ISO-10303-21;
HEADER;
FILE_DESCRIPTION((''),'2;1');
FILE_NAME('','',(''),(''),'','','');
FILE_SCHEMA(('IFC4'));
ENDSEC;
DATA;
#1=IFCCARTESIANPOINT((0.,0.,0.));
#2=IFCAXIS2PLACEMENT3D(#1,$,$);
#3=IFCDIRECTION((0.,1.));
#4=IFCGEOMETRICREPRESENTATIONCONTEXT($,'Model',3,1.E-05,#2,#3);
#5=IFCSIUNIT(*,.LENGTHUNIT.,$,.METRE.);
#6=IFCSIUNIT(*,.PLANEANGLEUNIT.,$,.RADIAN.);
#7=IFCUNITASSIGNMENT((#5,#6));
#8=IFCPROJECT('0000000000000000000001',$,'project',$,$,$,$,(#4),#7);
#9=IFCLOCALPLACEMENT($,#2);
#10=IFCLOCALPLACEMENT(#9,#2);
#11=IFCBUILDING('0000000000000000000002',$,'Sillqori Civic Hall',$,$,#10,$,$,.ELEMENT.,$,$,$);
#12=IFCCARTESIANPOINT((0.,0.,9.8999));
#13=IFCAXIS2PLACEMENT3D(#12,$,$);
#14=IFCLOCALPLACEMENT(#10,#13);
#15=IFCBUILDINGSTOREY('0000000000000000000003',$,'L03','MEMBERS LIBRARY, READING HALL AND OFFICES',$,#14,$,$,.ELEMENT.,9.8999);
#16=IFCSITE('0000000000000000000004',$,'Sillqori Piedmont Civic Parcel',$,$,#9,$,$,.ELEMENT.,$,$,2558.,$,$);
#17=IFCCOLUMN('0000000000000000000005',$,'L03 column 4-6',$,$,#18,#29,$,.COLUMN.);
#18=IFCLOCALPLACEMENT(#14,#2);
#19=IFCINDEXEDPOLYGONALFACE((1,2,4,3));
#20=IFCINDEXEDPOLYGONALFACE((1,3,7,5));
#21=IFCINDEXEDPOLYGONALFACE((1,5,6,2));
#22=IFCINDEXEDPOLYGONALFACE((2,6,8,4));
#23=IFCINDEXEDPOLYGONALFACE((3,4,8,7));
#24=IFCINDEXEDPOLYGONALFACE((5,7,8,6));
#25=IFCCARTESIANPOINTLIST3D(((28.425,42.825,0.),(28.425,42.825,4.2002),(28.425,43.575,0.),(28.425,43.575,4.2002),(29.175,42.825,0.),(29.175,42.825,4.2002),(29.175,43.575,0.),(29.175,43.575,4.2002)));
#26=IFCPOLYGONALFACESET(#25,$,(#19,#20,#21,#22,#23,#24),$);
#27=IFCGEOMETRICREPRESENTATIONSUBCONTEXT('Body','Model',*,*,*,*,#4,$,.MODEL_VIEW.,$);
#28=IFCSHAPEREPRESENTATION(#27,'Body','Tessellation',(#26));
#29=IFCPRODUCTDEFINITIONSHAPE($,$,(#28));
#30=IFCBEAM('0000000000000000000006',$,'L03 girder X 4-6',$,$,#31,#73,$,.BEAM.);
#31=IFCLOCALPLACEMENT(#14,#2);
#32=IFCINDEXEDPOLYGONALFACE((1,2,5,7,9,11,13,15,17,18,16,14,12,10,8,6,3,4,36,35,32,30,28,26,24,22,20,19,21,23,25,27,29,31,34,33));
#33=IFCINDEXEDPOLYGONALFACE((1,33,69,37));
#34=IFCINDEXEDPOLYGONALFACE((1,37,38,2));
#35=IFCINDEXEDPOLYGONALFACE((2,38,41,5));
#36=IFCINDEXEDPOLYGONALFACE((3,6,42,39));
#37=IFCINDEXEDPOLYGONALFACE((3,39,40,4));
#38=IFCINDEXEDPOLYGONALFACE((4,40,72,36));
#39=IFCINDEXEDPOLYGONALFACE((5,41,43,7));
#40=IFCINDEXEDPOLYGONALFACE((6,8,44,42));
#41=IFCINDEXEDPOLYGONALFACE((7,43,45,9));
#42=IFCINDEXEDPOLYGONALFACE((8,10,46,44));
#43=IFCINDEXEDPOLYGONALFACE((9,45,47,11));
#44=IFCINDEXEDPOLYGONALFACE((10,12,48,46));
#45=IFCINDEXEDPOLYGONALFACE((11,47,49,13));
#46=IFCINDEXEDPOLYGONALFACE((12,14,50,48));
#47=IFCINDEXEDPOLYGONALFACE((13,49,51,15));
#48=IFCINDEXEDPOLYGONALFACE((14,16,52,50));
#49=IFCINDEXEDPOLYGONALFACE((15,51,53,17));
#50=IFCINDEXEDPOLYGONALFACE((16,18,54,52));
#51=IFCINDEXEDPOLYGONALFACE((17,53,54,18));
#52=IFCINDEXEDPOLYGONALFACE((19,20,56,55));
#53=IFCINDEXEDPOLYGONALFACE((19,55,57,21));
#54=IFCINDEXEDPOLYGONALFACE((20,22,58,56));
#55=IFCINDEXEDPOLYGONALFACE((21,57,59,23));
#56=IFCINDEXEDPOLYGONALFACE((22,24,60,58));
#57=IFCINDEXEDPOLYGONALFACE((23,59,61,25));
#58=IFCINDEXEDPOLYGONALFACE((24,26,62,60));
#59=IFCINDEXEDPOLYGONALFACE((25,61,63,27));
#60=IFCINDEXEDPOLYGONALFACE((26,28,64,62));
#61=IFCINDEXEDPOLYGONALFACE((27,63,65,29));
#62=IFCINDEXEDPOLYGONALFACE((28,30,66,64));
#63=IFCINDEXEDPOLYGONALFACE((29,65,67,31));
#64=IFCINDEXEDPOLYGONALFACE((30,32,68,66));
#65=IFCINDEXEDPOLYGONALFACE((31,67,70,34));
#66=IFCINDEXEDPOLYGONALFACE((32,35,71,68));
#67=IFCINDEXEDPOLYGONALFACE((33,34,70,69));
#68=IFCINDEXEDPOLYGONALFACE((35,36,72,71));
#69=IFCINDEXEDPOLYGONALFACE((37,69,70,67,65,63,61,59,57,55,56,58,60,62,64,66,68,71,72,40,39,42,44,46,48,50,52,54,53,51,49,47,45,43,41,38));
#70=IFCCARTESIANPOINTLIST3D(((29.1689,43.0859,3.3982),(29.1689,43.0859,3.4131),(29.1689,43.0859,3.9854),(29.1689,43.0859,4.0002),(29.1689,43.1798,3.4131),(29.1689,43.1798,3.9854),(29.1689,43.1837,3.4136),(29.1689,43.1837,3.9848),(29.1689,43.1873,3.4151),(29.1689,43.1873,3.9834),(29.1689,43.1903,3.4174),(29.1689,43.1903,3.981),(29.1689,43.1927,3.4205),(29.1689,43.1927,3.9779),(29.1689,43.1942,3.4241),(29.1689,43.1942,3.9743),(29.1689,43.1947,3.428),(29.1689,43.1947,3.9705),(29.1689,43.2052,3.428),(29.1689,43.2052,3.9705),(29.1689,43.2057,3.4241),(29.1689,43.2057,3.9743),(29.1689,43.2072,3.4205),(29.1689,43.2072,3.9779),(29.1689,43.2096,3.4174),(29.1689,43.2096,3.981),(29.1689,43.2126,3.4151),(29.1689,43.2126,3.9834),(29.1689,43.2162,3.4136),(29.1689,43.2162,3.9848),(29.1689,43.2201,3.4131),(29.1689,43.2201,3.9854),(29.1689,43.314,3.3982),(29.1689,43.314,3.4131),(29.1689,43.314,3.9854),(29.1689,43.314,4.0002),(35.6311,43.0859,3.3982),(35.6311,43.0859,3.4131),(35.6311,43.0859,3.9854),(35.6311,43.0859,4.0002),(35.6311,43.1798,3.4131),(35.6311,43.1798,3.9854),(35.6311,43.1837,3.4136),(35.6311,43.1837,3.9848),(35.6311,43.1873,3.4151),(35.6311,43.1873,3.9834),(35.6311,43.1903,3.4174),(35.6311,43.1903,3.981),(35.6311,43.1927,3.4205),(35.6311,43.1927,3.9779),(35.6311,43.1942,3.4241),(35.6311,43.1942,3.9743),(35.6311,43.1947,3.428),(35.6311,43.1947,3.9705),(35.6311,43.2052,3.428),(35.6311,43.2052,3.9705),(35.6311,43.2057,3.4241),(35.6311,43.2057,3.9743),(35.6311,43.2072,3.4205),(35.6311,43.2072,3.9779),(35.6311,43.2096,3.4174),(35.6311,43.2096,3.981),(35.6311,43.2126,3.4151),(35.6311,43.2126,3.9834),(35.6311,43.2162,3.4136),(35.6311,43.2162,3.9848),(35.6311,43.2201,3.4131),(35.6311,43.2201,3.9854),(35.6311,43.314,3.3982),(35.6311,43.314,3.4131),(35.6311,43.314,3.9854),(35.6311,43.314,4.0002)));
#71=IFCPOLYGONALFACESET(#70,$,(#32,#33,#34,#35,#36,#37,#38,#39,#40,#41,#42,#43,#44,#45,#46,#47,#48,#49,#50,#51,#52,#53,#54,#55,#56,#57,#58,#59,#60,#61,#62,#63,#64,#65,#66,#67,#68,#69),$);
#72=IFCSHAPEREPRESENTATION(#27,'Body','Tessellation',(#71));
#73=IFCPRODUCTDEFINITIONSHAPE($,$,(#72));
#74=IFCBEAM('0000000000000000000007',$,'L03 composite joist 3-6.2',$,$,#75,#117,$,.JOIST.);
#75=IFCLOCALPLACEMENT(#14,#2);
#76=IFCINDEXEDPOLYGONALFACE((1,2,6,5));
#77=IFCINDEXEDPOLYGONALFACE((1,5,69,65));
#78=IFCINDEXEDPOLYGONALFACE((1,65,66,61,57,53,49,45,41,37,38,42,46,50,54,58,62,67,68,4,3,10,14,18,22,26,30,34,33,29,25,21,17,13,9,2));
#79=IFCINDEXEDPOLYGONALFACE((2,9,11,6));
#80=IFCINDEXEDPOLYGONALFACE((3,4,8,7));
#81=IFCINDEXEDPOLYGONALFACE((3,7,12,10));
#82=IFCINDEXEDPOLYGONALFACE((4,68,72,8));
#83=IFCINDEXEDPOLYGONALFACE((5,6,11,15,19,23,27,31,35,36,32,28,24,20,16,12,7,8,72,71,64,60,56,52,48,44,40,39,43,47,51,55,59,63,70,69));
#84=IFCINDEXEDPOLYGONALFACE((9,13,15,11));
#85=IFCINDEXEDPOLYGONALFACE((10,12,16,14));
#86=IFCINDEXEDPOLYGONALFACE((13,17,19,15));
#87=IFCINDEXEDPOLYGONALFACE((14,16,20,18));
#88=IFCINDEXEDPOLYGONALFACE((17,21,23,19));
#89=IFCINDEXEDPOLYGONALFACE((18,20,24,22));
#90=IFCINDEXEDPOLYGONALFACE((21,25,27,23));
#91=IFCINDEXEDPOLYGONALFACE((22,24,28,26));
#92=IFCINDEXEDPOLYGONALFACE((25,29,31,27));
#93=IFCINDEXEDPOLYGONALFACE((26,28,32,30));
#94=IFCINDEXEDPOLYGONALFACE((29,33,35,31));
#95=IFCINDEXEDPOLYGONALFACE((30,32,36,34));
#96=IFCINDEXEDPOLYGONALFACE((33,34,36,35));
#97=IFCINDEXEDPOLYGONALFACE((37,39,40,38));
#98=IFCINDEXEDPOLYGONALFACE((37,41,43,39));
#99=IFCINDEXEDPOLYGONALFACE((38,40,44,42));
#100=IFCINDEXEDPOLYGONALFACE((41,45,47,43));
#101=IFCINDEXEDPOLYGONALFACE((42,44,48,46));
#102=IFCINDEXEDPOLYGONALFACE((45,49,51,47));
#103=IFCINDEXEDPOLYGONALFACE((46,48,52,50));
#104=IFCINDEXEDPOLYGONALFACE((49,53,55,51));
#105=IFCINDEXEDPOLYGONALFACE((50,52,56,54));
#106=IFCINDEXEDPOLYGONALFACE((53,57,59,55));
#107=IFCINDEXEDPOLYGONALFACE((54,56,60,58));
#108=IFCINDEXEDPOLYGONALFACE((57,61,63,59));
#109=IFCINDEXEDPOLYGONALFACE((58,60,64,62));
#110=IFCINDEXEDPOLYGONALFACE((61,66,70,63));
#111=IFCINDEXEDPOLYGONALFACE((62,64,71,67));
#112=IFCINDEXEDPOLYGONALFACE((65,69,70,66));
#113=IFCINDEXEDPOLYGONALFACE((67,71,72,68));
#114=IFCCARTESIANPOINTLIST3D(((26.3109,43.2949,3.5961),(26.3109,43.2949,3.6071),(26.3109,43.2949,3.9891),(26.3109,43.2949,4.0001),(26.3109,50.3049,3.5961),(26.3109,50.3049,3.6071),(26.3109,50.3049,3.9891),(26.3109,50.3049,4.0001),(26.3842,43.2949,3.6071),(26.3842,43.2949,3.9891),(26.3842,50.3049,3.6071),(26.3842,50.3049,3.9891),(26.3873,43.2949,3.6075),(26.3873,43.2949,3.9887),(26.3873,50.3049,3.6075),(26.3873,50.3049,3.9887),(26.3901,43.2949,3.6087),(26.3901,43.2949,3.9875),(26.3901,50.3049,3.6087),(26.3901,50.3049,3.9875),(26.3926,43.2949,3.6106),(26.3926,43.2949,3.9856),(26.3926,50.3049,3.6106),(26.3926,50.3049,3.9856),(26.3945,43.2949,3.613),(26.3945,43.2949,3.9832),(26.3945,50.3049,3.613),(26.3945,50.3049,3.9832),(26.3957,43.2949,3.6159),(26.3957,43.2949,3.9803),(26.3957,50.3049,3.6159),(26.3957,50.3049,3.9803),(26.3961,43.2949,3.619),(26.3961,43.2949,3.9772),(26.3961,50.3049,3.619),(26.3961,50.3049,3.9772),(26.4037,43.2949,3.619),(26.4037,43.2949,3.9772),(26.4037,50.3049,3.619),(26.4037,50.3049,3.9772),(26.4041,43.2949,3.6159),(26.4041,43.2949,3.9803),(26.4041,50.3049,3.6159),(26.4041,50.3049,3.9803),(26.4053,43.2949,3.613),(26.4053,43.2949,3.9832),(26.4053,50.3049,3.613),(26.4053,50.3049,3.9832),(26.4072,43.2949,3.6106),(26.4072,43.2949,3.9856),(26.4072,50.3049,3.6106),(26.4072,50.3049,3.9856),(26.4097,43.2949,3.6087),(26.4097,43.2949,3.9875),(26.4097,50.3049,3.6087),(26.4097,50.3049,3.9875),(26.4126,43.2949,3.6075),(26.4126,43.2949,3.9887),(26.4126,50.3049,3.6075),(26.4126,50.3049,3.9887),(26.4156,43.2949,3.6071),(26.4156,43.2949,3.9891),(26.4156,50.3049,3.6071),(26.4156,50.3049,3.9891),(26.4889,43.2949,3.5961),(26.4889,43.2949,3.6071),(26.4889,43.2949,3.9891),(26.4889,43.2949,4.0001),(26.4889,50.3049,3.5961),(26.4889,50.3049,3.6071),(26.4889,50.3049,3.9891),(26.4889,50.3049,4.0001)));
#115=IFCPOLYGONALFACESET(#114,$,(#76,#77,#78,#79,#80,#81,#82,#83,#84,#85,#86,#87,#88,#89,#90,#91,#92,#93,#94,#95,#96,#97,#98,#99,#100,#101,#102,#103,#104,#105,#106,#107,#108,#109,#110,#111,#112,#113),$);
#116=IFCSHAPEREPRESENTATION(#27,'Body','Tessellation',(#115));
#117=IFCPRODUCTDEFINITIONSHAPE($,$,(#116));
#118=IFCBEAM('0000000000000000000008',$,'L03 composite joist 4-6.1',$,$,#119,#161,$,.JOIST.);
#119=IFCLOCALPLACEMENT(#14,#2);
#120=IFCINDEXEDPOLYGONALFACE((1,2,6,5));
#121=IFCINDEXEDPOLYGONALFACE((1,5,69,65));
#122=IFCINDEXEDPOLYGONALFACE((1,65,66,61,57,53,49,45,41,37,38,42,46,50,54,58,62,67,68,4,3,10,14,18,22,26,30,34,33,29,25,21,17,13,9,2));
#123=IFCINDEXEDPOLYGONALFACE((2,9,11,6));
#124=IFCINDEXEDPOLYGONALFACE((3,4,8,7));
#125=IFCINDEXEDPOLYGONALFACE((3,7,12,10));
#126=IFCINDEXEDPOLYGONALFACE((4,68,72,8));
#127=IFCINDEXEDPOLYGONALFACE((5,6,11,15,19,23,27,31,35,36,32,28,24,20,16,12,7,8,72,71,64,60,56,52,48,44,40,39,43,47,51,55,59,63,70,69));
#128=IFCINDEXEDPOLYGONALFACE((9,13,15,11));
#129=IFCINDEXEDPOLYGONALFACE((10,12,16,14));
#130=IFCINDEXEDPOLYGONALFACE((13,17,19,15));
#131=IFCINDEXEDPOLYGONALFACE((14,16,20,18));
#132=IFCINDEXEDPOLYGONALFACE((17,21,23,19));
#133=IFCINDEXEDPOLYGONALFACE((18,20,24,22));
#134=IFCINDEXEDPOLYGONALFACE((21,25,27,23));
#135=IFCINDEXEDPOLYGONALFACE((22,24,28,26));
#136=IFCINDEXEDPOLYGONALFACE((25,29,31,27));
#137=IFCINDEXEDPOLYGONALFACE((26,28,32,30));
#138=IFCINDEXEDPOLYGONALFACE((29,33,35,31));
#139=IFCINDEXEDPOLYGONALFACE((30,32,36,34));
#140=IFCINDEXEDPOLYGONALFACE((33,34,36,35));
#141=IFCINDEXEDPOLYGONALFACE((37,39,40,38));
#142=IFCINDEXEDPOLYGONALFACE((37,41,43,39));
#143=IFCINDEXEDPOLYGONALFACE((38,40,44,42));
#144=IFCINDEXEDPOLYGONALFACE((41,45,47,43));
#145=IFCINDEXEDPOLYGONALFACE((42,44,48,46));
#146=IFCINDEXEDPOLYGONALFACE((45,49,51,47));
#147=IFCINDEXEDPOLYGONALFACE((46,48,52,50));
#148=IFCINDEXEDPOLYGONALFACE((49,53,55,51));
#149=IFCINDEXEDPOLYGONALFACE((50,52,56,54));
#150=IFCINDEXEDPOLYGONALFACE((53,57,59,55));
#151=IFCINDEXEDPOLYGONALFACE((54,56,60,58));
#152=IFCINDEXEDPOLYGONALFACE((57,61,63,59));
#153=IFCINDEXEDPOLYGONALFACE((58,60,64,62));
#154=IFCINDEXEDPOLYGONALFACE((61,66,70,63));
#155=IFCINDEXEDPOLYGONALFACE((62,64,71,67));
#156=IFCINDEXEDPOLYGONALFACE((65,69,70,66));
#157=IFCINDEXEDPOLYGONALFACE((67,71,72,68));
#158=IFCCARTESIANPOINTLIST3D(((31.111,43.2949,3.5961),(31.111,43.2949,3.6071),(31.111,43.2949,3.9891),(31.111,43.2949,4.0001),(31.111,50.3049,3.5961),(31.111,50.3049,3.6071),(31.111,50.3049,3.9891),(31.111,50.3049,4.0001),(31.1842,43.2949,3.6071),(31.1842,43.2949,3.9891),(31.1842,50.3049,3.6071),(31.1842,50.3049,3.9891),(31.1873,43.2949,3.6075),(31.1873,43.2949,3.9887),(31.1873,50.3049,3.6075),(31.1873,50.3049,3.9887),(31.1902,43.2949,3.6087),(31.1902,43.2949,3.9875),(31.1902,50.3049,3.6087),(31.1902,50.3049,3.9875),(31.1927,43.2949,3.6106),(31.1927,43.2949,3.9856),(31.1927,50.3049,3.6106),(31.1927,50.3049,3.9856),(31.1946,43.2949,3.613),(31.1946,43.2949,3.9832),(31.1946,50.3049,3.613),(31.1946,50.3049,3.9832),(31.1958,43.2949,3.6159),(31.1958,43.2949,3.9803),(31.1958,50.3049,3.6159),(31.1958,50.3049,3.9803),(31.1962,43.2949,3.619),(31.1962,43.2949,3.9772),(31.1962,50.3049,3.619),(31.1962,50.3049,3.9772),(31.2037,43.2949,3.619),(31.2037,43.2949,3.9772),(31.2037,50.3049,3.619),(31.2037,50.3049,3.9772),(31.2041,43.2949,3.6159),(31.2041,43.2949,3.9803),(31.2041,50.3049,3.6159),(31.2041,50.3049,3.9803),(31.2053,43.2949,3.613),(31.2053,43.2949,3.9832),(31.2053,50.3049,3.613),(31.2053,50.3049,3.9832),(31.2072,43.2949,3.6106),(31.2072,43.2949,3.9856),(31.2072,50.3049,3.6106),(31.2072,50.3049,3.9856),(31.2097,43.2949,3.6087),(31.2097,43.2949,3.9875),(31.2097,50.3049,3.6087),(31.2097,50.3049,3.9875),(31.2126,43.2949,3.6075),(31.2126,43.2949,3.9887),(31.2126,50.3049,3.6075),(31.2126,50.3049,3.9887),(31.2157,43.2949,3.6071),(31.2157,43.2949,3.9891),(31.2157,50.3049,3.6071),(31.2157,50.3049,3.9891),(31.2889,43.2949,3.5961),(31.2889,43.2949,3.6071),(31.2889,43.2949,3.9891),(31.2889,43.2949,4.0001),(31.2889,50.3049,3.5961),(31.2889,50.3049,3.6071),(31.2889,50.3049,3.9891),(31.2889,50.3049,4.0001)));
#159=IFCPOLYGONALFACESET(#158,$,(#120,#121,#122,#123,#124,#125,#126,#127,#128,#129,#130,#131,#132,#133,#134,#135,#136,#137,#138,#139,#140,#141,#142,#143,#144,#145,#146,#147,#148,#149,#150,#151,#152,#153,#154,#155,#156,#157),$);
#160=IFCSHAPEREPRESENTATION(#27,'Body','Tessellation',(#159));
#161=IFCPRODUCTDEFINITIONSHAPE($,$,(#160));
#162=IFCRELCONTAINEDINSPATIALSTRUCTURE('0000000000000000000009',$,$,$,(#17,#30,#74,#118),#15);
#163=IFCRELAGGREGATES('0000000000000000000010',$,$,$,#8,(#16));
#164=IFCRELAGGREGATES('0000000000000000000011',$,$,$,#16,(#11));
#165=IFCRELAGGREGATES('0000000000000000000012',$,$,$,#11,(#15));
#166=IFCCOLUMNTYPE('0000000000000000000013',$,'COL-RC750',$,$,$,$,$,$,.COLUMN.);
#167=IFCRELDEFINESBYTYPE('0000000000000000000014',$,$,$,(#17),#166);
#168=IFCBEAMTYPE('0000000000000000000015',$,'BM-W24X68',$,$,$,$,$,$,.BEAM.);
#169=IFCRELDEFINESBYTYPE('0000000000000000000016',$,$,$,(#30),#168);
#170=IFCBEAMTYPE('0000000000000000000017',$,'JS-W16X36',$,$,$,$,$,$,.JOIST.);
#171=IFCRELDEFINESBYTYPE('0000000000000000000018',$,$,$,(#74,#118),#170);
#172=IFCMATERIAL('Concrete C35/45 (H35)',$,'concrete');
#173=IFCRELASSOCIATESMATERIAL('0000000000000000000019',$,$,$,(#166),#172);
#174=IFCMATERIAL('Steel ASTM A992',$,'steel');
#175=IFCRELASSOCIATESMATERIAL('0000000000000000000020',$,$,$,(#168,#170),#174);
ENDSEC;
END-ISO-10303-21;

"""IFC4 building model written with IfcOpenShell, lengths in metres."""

from ifc_helpers import new_model, si_unit, direction, frame, origin, origin_2d, place, context, subcontext, project, spatial, rectangle, i_section, extrude, material, material_profile, profile_set, type_object, element, save


model = new_model("IFC4")

# Units and contexts
model_context = context("Model", 3, precision=1e-05, world=origin(), true_north=direction((0.0, 1.0)))
body_context = subcontext(model_context, "Body", "Model", "MODEL_VIEW")
ifc_project = project(units=[si_unit("LENGTHUNIT", "METRE"), si_unit("PLANEANGLEUNIT", "RADIAN")], contexts=[model_context])

# Site, building, storey
site_placement = place(None, origin())
site = spatial("IfcSite", under=ifc_project, at=site_placement, Name="Sillqori Piedmont Civic Parcel", CompositionType="ELEMENT", RefElevation=2558.0)
building_placement = place(site_placement, origin())
building = spatial("IfcBuilding", under=site, at=building_placement, Name="Sillqori Civic Hall", CompositionType="ELEMENT")
storey_placement = place(building_placement, frame((0.0, 0.0, 9.8999)))
storey = spatial("IfcBuildingStorey", under=building, at=storey_placement, Name="L03", Description="MEMBERS LIBRARY, READING HALL AND OFFICES", CompositionType="ELEMENT", Elevation=9.8999)

# Column
ifc_material_1 = material(Name="Concrete C35/45 (H35)", Category="concrete")
ifc_material_profile_1 = material_profile(ifc_material_1, rectangle(XDim=0.75, YDim=0.75, at=origin_2d()), Name="RC 750x750")
ifc_profile_set_1 = profile_set([ifc_material_profile_1], Name="Concrete C35/45 (H35)")
column_type = type_object("IfcColumnType", Name="COL-RC750", PredefinedType="COLUMN", material=ifc_profile_set_1)
column_placement = place(storey_placement, frame((28.8, 43.2, 0.0), z_axis=(0.0, 0.0, 1.0), x_axis=(1.0, 0.0, 0.0)))
element("IfcColumn", 1, at=column_placement, inside=storey, type_object=column_type, Name="L03 column 4-6", PredefinedType="COLUMN", context=body_context, shape_type="SweptSolid", body=[
    extrude(rectangle(XDim=0.75, YDim=0.75, at=origin_2d()), origin(), (0.0, 0.0, 1.0), 4.2002),
])

# Beams
ifc_material_2 = material(Name="Steel ASTM A992", Category="steel")
ifc_material_profile_2 = material_profile(ifc_material_2, i_section(OverallWidth=0.228, OverallDepth=0.6021, WebThickness=0.0105, FlangeThickness=0.0149, FilletRadius=0.0149, at=origin_2d()), Name="W24X68")
ifc_profile_set_2 = profile_set([ifc_material_profile_2], Name="Steel ASTM A992")
beam_type_1 = type_object("IfcBeamType", Name="BM-W24X68", PredefinedType="BEAM", material=ifc_profile_set_2)
beam_placement = place(storey_placement, frame((29.1689, 43.2, 3.6992), z_axis=(1.0, 0.0, 0.0), x_axis=(0.0, 1.0, 0.0)))
element("IfcBeam", 2, at=beam_placement, inside=storey, type_object=beam_type_1, Name="L03 girder X 4-6", PredefinedType="BEAM", context=body_context, shape_type="SweptSolid", body=[
    extrude(i_section(OverallWidth=0.228, OverallDepth=0.6021, WebThickness=0.0105, FlangeThickness=0.0149, FilletRadius=0.0149, at=origin_2d()), origin(), (0.0, 0.0, 1.0), 6.4622),
])
ifc_material_profile_3 = material_profile(ifc_material_2, i_section(OverallWidth=0.178, OverallDepth=0.4041, WebThickness=0.0076, FlangeThickness=0.011, FilletRadius=0.012, at=origin_2d()), Name="W16X36")
ifc_profile_set_3 = profile_set([ifc_material_profile_3], Name="Steel ASTM A992")
beam_type_2 = type_object("IfcBeamType", Name="JS-W16X36", PredefinedType="JOIST", material=ifc_profile_set_3)
for number, where, z_axis, x_axis, name in (
    (3, (26.3999, 43.2949, 3.7981), (0.0, 1.0, 0.0), (-1.0, 0.0, 0.0), "L03 composite joist 3-6.2"),
    (4, (31.2, 43.2949, 3.7981), (0.0, 1.0, 0.0), (-1.0, 0.0, 0.0), "L03 composite joist 4-6.1"),
):
    element("IfcBeam", number, at=place(storey_placement, frame(where, z_axis=z_axis, x_axis=x_axis)), inside=storey, type_object=beam_type_2, Name=name, PredefinedType="JOIST", context=body_context, shape_type="SweptSolid", body=[
        extrude(i_section(OverallWidth=0.178, OverallDepth=0.4041, WebThickness=0.0076, FlangeThickness=0.011, FilletRadius=0.012, at=origin_2d()), origin(), (0.0, 0.0, 1.0), 7.01),
    ])

save(model, "model.ifc")
